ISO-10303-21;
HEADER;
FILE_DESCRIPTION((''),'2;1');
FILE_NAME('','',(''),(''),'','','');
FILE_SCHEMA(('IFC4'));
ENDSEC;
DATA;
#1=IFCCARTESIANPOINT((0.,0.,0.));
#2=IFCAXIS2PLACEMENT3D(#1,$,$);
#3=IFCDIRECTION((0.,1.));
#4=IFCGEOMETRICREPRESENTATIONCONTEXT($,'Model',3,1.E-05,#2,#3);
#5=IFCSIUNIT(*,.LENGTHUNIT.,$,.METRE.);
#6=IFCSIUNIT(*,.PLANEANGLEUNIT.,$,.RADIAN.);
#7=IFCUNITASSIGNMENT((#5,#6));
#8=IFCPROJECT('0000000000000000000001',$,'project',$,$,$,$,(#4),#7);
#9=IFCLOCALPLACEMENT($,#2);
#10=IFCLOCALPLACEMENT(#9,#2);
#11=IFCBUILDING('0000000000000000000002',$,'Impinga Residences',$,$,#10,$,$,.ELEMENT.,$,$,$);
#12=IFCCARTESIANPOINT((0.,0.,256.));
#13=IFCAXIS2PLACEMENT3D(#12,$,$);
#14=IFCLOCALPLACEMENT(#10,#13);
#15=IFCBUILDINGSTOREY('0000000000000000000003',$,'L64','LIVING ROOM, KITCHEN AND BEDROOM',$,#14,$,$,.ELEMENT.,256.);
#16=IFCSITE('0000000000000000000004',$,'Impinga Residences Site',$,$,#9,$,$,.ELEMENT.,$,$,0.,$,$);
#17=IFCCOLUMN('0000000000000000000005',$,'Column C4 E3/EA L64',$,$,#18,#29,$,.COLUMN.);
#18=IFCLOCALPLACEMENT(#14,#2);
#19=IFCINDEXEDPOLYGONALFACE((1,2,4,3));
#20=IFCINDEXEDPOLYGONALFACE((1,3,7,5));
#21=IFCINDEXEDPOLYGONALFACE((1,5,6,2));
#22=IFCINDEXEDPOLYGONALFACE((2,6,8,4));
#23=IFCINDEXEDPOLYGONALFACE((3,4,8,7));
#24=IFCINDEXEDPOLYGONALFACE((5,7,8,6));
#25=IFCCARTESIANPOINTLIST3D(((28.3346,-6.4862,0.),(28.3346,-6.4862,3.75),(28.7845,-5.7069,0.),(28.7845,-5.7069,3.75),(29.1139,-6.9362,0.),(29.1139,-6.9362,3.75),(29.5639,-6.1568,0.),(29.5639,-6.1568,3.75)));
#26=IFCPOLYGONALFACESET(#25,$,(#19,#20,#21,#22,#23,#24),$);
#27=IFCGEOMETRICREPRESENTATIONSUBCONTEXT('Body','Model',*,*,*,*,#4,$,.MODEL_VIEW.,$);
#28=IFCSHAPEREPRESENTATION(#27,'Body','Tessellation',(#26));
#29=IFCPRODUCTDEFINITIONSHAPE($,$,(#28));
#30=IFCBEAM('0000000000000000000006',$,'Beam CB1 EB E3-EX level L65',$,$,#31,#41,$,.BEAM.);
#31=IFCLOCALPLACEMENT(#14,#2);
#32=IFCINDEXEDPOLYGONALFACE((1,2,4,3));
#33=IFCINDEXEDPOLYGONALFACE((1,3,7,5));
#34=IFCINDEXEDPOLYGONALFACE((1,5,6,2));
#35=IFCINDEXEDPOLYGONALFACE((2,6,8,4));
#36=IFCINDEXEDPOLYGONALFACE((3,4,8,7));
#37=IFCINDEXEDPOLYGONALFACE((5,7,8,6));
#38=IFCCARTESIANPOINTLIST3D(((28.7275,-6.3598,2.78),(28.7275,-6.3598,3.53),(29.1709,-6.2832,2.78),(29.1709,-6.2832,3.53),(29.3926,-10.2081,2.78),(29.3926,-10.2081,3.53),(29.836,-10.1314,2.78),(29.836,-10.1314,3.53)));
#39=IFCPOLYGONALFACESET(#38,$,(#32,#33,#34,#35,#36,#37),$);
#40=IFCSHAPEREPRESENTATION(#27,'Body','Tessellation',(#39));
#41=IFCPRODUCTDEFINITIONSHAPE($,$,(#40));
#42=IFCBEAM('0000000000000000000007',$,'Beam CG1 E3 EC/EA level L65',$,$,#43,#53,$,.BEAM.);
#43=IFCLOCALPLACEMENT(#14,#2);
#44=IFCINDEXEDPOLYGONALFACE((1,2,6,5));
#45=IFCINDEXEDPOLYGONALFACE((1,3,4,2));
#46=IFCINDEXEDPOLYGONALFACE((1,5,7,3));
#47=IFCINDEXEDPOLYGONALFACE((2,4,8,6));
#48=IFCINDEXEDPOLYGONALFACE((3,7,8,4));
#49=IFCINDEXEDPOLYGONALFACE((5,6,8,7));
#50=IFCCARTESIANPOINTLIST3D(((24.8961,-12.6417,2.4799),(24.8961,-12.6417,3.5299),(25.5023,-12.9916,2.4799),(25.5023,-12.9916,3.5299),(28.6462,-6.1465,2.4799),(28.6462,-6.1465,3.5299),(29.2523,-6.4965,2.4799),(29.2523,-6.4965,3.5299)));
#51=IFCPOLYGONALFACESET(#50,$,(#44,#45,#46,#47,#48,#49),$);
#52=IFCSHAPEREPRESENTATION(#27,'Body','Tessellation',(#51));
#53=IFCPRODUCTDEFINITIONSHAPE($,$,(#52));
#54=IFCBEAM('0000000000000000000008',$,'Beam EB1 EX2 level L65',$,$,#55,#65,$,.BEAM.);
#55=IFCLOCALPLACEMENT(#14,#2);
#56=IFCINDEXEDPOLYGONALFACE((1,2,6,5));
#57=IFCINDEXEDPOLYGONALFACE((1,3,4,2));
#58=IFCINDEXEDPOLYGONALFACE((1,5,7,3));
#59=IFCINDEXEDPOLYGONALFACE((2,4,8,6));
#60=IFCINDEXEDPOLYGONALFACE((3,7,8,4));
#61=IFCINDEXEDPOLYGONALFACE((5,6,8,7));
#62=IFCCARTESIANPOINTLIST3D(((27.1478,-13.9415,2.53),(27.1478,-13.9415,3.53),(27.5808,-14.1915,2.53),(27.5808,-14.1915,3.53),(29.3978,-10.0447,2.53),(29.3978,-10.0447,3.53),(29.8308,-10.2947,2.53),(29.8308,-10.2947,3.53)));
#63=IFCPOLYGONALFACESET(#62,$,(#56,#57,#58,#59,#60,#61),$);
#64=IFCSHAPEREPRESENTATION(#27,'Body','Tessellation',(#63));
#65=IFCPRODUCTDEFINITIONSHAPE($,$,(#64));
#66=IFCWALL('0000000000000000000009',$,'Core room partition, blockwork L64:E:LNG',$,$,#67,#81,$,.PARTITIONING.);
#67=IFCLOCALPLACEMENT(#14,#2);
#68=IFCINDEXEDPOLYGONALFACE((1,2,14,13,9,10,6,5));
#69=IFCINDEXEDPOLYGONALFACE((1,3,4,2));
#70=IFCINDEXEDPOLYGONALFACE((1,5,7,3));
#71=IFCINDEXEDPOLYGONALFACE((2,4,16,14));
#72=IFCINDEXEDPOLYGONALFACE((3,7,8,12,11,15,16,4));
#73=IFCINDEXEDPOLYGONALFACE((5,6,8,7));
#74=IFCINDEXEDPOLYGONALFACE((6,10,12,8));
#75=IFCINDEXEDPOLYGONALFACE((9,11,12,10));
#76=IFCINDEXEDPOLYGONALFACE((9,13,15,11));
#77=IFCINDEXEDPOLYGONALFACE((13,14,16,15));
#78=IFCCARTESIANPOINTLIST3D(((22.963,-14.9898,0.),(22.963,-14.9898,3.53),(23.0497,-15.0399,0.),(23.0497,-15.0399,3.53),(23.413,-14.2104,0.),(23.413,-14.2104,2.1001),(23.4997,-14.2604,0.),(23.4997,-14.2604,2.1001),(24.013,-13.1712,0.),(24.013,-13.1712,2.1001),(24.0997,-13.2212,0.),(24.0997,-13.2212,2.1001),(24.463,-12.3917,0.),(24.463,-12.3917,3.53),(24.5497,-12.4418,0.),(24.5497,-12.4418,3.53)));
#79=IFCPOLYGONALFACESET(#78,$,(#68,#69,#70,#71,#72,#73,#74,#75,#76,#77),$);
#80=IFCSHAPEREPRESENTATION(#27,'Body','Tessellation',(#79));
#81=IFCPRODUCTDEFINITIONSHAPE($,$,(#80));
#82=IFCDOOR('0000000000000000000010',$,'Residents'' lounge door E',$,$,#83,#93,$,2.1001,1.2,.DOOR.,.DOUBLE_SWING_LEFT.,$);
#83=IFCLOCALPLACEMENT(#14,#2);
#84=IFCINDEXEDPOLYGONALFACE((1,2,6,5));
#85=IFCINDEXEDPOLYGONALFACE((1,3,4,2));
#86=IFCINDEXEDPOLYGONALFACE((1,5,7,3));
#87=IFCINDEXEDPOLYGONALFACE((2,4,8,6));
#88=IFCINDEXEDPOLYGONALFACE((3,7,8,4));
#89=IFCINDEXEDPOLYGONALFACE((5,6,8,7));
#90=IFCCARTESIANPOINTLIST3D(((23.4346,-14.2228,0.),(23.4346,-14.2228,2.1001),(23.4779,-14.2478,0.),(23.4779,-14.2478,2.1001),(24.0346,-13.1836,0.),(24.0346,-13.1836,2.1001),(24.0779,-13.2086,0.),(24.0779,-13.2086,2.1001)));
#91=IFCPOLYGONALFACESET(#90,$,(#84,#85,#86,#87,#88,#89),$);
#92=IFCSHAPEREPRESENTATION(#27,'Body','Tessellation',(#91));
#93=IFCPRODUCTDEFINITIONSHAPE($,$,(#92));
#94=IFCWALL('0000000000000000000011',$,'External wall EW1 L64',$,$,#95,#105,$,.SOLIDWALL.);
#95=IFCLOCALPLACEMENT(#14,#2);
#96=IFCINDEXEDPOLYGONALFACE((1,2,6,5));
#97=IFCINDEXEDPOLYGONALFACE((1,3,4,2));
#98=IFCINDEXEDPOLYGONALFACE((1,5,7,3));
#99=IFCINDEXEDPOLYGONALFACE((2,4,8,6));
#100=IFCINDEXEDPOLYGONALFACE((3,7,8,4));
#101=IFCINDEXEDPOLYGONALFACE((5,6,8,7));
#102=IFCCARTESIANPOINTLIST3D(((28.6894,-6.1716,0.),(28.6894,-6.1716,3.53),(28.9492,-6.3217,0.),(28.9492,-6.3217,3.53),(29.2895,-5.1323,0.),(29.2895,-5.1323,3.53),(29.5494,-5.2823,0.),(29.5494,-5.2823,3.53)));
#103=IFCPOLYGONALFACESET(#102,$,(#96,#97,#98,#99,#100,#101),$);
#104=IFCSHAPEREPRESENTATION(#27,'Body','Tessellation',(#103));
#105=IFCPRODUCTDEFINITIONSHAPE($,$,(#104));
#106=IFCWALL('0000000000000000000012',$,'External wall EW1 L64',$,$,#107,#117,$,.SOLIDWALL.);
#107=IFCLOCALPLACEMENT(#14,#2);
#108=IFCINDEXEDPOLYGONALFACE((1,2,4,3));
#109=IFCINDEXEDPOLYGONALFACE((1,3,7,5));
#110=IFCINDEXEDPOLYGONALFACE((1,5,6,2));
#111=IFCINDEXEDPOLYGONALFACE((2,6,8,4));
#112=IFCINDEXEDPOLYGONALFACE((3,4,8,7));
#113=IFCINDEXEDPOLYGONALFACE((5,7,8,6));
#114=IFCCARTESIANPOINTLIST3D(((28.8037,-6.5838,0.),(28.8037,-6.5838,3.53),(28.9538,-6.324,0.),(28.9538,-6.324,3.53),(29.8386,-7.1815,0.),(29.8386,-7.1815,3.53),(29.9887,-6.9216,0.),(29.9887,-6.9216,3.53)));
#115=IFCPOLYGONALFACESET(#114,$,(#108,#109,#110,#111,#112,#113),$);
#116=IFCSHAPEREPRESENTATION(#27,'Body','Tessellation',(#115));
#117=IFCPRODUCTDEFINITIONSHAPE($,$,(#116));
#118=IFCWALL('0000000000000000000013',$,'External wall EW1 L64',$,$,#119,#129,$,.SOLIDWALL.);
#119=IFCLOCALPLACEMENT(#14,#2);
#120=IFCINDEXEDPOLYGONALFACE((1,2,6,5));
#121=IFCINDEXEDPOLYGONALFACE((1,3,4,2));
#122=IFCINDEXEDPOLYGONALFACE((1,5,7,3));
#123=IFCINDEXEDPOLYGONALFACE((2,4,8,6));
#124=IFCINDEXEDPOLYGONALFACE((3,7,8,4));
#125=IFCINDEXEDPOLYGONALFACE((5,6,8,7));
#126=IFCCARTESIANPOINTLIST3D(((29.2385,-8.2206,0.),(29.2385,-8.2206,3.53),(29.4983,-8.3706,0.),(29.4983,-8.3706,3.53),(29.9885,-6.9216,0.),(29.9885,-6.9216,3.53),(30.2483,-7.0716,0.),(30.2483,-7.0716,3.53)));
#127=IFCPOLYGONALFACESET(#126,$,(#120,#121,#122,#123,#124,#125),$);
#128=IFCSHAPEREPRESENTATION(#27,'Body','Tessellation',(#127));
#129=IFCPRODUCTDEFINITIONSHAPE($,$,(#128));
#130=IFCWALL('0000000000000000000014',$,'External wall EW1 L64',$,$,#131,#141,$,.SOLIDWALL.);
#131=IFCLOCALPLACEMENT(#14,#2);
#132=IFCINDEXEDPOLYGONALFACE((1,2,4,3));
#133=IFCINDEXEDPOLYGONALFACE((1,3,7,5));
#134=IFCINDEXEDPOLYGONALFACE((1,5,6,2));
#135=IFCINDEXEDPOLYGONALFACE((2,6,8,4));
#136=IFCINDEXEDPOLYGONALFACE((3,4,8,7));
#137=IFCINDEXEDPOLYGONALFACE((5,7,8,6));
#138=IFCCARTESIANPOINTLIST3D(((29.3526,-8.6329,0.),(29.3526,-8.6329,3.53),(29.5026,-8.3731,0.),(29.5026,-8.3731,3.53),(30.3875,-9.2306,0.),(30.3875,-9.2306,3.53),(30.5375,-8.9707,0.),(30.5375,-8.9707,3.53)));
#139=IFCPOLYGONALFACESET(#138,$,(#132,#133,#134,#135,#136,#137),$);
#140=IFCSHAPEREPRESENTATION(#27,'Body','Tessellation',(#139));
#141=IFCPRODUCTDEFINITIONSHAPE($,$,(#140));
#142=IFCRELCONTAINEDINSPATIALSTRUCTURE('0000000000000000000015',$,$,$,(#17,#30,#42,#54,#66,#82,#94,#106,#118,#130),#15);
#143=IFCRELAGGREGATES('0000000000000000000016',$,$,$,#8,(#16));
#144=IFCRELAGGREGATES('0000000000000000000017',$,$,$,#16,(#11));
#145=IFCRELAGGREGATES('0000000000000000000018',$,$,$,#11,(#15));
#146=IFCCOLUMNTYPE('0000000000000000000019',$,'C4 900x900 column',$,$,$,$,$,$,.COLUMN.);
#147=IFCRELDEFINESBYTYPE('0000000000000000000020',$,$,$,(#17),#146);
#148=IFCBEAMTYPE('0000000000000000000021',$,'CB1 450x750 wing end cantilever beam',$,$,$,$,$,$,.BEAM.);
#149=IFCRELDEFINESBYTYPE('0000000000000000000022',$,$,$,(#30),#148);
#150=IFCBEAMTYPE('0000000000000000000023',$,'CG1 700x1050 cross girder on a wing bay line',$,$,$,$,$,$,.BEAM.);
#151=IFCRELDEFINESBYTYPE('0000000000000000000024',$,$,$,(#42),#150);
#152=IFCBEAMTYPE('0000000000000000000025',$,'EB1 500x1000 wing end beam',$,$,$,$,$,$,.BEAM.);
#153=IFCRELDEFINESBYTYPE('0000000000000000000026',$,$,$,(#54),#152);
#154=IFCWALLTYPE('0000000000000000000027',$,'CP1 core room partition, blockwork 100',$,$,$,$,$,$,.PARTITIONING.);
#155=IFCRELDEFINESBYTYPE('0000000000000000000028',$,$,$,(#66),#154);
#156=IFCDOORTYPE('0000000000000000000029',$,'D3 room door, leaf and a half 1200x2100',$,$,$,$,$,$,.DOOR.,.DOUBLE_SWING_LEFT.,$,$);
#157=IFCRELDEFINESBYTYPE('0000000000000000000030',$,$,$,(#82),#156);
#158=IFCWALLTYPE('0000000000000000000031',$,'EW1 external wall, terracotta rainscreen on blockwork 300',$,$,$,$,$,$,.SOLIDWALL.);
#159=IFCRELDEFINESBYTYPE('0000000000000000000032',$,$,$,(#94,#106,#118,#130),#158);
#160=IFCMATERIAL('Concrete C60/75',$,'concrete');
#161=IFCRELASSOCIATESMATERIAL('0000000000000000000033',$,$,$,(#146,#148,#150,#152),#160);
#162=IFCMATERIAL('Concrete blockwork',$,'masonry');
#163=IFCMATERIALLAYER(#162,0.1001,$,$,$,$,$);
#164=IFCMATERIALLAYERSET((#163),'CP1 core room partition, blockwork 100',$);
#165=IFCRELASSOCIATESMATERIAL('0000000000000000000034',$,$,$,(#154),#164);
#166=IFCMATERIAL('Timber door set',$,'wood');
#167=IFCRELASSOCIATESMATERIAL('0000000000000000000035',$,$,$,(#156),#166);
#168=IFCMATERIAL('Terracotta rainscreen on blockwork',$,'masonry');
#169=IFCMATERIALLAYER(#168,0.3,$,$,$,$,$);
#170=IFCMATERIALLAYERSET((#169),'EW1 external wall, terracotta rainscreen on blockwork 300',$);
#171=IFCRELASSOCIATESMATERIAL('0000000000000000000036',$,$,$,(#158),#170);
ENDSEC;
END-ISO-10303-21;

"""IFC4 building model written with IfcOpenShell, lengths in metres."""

from ifc_helpers import new_model, si_unit, direction, frame, frame_2d, origin, origin_2d, place, context, subcontext, project, spatial, rectangle, extrude, material, layer, layer_set, material_profile, profile_set, type_object, element, fill, save


model = new_model("IFC4")

# Units and contexts
model_context = context("Model", 3, precision=1e-05, world=origin(), true_north=direction((0.0, 1.0)))
body_context = subcontext(model_context, "Body", "Model", "MODEL_VIEW")
ifc_project = project(units=[si_unit("LENGTHUNIT", "METRE"), si_unit("PLANEANGLEUNIT", "RADIAN")], contexts=[model_context])

# Site, building, storey
site_placement = place(None, origin())
site = spatial("IfcSite", under=ifc_project, at=site_placement, Name="Impinga Residences Site", CompositionType="ELEMENT", RefElevation=0.0)
building_placement = place(site_placement, origin())
building = spatial("IfcBuilding", under=site, at=building_placement, Name="Impinga Residences", CompositionType="ELEMENT")
storey_placement = place(building_placement, frame((0.0, 0.0, 256.0)))
storey = spatial("IfcBuildingStorey", under=building, at=storey_placement, Name="L64", Description="LIVING ROOM, KITCHEN AND BEDROOM", CompositionType="ELEMENT", Elevation=256.0)

# Column
ifc_material_1 = material(Name="Concrete C60/75", Category="concrete")
ifc_material_profile_1 = material_profile(ifc_material_1, rectangle(XDim=0.8999, YDim=0.8999, at=origin_2d()), Name="RC 900x900")
ifc_profile_set_1 = profile_set([ifc_material_profile_1], Name="Concrete C60/75")
column_type = type_object("IfcColumnType", Name="C4 900x900 column", PredefinedType="COLUMN", material=ifc_profile_set_1)
column_placement = place(storey_placement, frame((28.9492, -6.3215, 0.0), z_axis=(0.0, 0.0, 1.0), x_axis=(-0.5, -0.866025, 0.0)))
element("IfcColumn", 1, at=column_placement, inside=storey, type_object=column_type, Name="Column C4 E3/EA L64", PredefinedType="COLUMN", context=body_context, shape_type="SweptSolid", body=[
    extrude(rectangle(XDim=0.8999, YDim=0.8999, at=origin_2d()), origin(), (0.0, 0.0, 1.0), 3.75),
])

# Beams
ifc_material_profile_2 = material_profile(ifc_material_1, rectangle(XDim=0.45, YDim=0.75, at=origin_2d()), Name="RC 450x750")
ifc_profile_set_2 = profile_set([ifc_material_profile_2], Name="Concrete C60/75")
beam_type_1 = type_object("IfcBeamType", Name="CB1 450x750 wing end cantilever beam", PredefinedType="BEAM", material=ifc_profile_set_2)
beam_1_placement = place(storey_placement, frame((28.9492, -6.3215, 3.155), z_axis=(0.170296, -0.985393, 0.0), x_axis=(0.985393, 0.170296, 0.0)))
element("IfcBeam", 2, at=beam_1_placement, inside=storey, type_object=beam_type_1, Name="Beam CB1 EB E3-EX level L65", PredefinedType="BEAM", context=body_context, shape_type="SweptSolid", body=[
    extrude(rectangle(XDim=0.45, YDim=0.75, at=origin_2d()), origin(), (0.0, 0.0, 1.0), 3.9053),
])
ifc_material_profile_3 = material_profile(ifc_material_1, rectangle(XDim=0.7, YDim=1.05, at=origin_2d()), Name="RC 700x1050")
ifc_profile_set_3 = profile_set([ifc_material_profile_3], Name="Concrete C60/75")
beam_type_2 = type_object("IfcBeamType", Name="CG1 700x1050 cross girder on a wing bay line", PredefinedType="BEAM", material=ifc_profile_set_3)
beam_2_placement = place(storey_placement, frame((25.1992, -12.8167, 3.0049), z_axis=(0.500004, 0.866023, 0.0), x_axis=(-0.866023, 0.500004, 0.0)))
element("IfcBeam", 3, at=beam_2_placement, inside=storey, type_object=beam_type_2, Name="Beam CG1 E3 EC/EA level L65", PredefinedType="BEAM", context=body_context, shape_type="SweptSolid", body=[
    extrude(rectangle(XDim=0.7, YDim=1.05, at=origin_2d()), origin(), (0.0, 0.0, 1.0), 7.5),
])
ifc_material_profile_4 = material_profile(ifc_material_1, rectangle(XDim=0.5, YDim=1.0, at=origin_2d()), Name="RC 500x1000")
ifc_profile_set_4 = profile_set([ifc_material_profile_4], Name="Concrete C60/75")
beam_type_3 = type_object("IfcBeamType", Name="EB1 500x1000 wing end beam", PredefinedType="BEAM", material=ifc_profile_set_4)
beam_3_placement = place(storey_placement, frame((29.6143, -10.1697, 3.03), z_axis=(-0.500014, -0.866018, 0.0), x_axis=(0.866018, -0.500014, 0.0)))
element("IfcBeam", 4, at=beam_3_placement, inside=storey, type_object=beam_type_3, Name="Beam EB1 EX2 level L65", PredefinedType="BEAM", context=body_context, shape_type="SweptSolid", body=[
    extrude(rectangle(XDim=0.5, YDim=1.0, at=origin_2d()), origin(), (0.0, 0.0, 1.0), 4.4998),
])

# Wall, opening, door
ifc_material_2 = material(Name="Concrete blockwork", Category="masonry")
ifc_layer_1 = layer(ifc_material_2, 0.1001)
ifc_layer_set_1 = layer_set([ifc_layer_1], Name="CP1 core room partition, blockwork 100")
wall_type_1 = type_object("IfcWallType", Name="CP1 core room partition, blockwork 100", PredefinedType="PARTITIONING", material=ifc_layer_set_1)
wall_1_placement = place(storey_placement, frame((24.5063, -12.4167, 0.0), z_axis=(0.0, 0.0, 1.0), x_axis=(-0.49999, -0.866031, 0.0)))
wall_1 = element("IfcWall", 5, at=wall_1_placement, inside=storey, type_object=wall_type_1, Name="Core room partition, blockwork L64:E:LNG", PredefinedType="PARTITIONING", context=body_context, shape_type="SweptSolid", body=[
    extrude(rectangle(XDim=3.0, YDim=0.1001, at=frame_2d((1.5, 0.0))), origin(), (0.0, 0.0, 1.0), 3.53),
])
opening_1_placement = place(wall_1_placement, frame((0.8999, 0.0, 0.0)))
opening_1 = element("IfcOpeningElement", 6, at=opening_1_placement, cuts=wall_1, PredefinedType="OPENING", context=body_context, shape_type="SweptSolid", body=[
    extrude(rectangle(XDim=1.2, YDim=2.1001, at=frame_2d((0.6001, 1.05))), frame((0.0, 0.0601, 0.0), z_axis=(0.0, -1.0, 0.0), x_axis=(1.0, 0.0, 0.0)), (0.0, 0.0, 1.0), 0.1201),
])
ifc_material_3 = material(Name="Timber door set", Category="wood")
door_type_1 = type_object("IfcDoorType", Name="D3 room door, leaf and a half 1200x2100", OperationType="DOUBLE_SWING_LEFT", PredefinedType="DOOR", material=ifc_material_3)
door_1_placement = place(opening_1_placement, origin())
door_1 = element("IfcDoor", 7, at=door_1_placement, inside=storey, type_object=door_type_1, Name="Residents' lounge door E", OperationType="DOUBLE_SWING_LEFT", OverallHeight=2.1001, OverallWidth=1.2, PredefinedType="DOOR", context=body_context, shape_type="SweptSolid", body=[
    extrude(rectangle(XDim=1.2, YDim=2.1001, at=frame_2d((0.6001, 1.05))), frame((0.0, 0.0249, 0.0), z_axis=(0.0, -1.0, 0.0), x_axis=(1.0, 0.0, 0.0)), (0.0, 0.0, 1.0), 0.05),
])
fill(opening_1, door_1)

# Walls
ifc_material_4 = material(Name="Terracotta rainscreen on blockwork", Category="masonry")
ifc_layer_2 = layer(ifc_material_4, 0.3)
ifc_layer_set_2 = layer_set([ifc_layer_2], Name="EW1 external wall, terracotta rainscreen on blockwork 300")
wall_type_2 = type_object("IfcWallType", Name="EW1 external wall, terracotta rainscreen on blockwork 300", PredefinedType="SOLIDWALL", material=ifc_layer_set_2)
wall_2_placement = place(storey_placement, frame((29.4194, -5.2073, 0.0), z_axis=(0.0, 0.0, 1.0), x_axis=(-0.500034, -0.866006, 0.0)))
element("IfcWall", 8, at=wall_2_placement, inside=storey, type_object=wall_type_2, Name="External wall EW1 L64", PredefinedType="SOLIDWALL", context=body_context, shape_type="SweptSolid", body=[
    extrude(rectangle(XDim=1.2002, YDim=0.3, at=frame_2d((0.6001, 0.0))), origin(), (0.0, 0.0, 1.0), 3.53),
])
wall_3_placement = place(storey_placement, frame((28.8787, -6.4539, 0.0), z_axis=(0.0, 0.0, 1.0), x_axis=(0.865971, -0.500094, 0.0)))
element("IfcWall", 9, at=wall_3_placement, inside=storey, type_object=wall_type_2, Name="External wall EW1 L64", PredefinedType="SOLIDWALL", context=body_context, shape_type="SweptSolid", body=[
    extrude(rectangle(XDim=1.1951, YDim=0.3, at=frame_2d((0.5977, 0.0))), origin(), (0.0, 0.0, 1.0), 3.53),
])
wall_4_placement = place(storey_placement, frame((30.1184, -6.9966, 0.0), z_axis=(0.0, 0.0, 1.0), x_axis=(-0.49999, -0.866031, 0.0)))
element("IfcWall", 10, at=wall_4_placement, inside=storey, type_object=wall_type_2, Name="External wall EW1 L64", PredefinedType="SOLIDWALL", context=body_context, shape_type="SweptSolid", body=[
    extrude(rectangle(XDim=1.5, YDim=0.3, at=frame_2d((0.75, 0.0))), origin(), (0.0, 0.0, 1.0), 3.53),
])
wall_5_placement = place(storey_placement, frame((29.4275, -8.5029, 0.0), z_axis=(0.0, 0.0, 1.0), x_axis=(0.865971, -0.500094, 0.0)))
element("IfcWall", 11, at=wall_5_placement, inside=storey, type_object=wall_type_2, Name="External wall EW1 L64", PredefinedType="SOLIDWALL", context=body_context, shape_type="SweptSolid", body=[
    extrude(rectangle(XDim=1.1951, YDim=0.3, at=frame_2d((0.5977, 0.0))), origin(), (0.0, 0.0, 1.0), 3.53),
])

save(model, "model.ifc")
